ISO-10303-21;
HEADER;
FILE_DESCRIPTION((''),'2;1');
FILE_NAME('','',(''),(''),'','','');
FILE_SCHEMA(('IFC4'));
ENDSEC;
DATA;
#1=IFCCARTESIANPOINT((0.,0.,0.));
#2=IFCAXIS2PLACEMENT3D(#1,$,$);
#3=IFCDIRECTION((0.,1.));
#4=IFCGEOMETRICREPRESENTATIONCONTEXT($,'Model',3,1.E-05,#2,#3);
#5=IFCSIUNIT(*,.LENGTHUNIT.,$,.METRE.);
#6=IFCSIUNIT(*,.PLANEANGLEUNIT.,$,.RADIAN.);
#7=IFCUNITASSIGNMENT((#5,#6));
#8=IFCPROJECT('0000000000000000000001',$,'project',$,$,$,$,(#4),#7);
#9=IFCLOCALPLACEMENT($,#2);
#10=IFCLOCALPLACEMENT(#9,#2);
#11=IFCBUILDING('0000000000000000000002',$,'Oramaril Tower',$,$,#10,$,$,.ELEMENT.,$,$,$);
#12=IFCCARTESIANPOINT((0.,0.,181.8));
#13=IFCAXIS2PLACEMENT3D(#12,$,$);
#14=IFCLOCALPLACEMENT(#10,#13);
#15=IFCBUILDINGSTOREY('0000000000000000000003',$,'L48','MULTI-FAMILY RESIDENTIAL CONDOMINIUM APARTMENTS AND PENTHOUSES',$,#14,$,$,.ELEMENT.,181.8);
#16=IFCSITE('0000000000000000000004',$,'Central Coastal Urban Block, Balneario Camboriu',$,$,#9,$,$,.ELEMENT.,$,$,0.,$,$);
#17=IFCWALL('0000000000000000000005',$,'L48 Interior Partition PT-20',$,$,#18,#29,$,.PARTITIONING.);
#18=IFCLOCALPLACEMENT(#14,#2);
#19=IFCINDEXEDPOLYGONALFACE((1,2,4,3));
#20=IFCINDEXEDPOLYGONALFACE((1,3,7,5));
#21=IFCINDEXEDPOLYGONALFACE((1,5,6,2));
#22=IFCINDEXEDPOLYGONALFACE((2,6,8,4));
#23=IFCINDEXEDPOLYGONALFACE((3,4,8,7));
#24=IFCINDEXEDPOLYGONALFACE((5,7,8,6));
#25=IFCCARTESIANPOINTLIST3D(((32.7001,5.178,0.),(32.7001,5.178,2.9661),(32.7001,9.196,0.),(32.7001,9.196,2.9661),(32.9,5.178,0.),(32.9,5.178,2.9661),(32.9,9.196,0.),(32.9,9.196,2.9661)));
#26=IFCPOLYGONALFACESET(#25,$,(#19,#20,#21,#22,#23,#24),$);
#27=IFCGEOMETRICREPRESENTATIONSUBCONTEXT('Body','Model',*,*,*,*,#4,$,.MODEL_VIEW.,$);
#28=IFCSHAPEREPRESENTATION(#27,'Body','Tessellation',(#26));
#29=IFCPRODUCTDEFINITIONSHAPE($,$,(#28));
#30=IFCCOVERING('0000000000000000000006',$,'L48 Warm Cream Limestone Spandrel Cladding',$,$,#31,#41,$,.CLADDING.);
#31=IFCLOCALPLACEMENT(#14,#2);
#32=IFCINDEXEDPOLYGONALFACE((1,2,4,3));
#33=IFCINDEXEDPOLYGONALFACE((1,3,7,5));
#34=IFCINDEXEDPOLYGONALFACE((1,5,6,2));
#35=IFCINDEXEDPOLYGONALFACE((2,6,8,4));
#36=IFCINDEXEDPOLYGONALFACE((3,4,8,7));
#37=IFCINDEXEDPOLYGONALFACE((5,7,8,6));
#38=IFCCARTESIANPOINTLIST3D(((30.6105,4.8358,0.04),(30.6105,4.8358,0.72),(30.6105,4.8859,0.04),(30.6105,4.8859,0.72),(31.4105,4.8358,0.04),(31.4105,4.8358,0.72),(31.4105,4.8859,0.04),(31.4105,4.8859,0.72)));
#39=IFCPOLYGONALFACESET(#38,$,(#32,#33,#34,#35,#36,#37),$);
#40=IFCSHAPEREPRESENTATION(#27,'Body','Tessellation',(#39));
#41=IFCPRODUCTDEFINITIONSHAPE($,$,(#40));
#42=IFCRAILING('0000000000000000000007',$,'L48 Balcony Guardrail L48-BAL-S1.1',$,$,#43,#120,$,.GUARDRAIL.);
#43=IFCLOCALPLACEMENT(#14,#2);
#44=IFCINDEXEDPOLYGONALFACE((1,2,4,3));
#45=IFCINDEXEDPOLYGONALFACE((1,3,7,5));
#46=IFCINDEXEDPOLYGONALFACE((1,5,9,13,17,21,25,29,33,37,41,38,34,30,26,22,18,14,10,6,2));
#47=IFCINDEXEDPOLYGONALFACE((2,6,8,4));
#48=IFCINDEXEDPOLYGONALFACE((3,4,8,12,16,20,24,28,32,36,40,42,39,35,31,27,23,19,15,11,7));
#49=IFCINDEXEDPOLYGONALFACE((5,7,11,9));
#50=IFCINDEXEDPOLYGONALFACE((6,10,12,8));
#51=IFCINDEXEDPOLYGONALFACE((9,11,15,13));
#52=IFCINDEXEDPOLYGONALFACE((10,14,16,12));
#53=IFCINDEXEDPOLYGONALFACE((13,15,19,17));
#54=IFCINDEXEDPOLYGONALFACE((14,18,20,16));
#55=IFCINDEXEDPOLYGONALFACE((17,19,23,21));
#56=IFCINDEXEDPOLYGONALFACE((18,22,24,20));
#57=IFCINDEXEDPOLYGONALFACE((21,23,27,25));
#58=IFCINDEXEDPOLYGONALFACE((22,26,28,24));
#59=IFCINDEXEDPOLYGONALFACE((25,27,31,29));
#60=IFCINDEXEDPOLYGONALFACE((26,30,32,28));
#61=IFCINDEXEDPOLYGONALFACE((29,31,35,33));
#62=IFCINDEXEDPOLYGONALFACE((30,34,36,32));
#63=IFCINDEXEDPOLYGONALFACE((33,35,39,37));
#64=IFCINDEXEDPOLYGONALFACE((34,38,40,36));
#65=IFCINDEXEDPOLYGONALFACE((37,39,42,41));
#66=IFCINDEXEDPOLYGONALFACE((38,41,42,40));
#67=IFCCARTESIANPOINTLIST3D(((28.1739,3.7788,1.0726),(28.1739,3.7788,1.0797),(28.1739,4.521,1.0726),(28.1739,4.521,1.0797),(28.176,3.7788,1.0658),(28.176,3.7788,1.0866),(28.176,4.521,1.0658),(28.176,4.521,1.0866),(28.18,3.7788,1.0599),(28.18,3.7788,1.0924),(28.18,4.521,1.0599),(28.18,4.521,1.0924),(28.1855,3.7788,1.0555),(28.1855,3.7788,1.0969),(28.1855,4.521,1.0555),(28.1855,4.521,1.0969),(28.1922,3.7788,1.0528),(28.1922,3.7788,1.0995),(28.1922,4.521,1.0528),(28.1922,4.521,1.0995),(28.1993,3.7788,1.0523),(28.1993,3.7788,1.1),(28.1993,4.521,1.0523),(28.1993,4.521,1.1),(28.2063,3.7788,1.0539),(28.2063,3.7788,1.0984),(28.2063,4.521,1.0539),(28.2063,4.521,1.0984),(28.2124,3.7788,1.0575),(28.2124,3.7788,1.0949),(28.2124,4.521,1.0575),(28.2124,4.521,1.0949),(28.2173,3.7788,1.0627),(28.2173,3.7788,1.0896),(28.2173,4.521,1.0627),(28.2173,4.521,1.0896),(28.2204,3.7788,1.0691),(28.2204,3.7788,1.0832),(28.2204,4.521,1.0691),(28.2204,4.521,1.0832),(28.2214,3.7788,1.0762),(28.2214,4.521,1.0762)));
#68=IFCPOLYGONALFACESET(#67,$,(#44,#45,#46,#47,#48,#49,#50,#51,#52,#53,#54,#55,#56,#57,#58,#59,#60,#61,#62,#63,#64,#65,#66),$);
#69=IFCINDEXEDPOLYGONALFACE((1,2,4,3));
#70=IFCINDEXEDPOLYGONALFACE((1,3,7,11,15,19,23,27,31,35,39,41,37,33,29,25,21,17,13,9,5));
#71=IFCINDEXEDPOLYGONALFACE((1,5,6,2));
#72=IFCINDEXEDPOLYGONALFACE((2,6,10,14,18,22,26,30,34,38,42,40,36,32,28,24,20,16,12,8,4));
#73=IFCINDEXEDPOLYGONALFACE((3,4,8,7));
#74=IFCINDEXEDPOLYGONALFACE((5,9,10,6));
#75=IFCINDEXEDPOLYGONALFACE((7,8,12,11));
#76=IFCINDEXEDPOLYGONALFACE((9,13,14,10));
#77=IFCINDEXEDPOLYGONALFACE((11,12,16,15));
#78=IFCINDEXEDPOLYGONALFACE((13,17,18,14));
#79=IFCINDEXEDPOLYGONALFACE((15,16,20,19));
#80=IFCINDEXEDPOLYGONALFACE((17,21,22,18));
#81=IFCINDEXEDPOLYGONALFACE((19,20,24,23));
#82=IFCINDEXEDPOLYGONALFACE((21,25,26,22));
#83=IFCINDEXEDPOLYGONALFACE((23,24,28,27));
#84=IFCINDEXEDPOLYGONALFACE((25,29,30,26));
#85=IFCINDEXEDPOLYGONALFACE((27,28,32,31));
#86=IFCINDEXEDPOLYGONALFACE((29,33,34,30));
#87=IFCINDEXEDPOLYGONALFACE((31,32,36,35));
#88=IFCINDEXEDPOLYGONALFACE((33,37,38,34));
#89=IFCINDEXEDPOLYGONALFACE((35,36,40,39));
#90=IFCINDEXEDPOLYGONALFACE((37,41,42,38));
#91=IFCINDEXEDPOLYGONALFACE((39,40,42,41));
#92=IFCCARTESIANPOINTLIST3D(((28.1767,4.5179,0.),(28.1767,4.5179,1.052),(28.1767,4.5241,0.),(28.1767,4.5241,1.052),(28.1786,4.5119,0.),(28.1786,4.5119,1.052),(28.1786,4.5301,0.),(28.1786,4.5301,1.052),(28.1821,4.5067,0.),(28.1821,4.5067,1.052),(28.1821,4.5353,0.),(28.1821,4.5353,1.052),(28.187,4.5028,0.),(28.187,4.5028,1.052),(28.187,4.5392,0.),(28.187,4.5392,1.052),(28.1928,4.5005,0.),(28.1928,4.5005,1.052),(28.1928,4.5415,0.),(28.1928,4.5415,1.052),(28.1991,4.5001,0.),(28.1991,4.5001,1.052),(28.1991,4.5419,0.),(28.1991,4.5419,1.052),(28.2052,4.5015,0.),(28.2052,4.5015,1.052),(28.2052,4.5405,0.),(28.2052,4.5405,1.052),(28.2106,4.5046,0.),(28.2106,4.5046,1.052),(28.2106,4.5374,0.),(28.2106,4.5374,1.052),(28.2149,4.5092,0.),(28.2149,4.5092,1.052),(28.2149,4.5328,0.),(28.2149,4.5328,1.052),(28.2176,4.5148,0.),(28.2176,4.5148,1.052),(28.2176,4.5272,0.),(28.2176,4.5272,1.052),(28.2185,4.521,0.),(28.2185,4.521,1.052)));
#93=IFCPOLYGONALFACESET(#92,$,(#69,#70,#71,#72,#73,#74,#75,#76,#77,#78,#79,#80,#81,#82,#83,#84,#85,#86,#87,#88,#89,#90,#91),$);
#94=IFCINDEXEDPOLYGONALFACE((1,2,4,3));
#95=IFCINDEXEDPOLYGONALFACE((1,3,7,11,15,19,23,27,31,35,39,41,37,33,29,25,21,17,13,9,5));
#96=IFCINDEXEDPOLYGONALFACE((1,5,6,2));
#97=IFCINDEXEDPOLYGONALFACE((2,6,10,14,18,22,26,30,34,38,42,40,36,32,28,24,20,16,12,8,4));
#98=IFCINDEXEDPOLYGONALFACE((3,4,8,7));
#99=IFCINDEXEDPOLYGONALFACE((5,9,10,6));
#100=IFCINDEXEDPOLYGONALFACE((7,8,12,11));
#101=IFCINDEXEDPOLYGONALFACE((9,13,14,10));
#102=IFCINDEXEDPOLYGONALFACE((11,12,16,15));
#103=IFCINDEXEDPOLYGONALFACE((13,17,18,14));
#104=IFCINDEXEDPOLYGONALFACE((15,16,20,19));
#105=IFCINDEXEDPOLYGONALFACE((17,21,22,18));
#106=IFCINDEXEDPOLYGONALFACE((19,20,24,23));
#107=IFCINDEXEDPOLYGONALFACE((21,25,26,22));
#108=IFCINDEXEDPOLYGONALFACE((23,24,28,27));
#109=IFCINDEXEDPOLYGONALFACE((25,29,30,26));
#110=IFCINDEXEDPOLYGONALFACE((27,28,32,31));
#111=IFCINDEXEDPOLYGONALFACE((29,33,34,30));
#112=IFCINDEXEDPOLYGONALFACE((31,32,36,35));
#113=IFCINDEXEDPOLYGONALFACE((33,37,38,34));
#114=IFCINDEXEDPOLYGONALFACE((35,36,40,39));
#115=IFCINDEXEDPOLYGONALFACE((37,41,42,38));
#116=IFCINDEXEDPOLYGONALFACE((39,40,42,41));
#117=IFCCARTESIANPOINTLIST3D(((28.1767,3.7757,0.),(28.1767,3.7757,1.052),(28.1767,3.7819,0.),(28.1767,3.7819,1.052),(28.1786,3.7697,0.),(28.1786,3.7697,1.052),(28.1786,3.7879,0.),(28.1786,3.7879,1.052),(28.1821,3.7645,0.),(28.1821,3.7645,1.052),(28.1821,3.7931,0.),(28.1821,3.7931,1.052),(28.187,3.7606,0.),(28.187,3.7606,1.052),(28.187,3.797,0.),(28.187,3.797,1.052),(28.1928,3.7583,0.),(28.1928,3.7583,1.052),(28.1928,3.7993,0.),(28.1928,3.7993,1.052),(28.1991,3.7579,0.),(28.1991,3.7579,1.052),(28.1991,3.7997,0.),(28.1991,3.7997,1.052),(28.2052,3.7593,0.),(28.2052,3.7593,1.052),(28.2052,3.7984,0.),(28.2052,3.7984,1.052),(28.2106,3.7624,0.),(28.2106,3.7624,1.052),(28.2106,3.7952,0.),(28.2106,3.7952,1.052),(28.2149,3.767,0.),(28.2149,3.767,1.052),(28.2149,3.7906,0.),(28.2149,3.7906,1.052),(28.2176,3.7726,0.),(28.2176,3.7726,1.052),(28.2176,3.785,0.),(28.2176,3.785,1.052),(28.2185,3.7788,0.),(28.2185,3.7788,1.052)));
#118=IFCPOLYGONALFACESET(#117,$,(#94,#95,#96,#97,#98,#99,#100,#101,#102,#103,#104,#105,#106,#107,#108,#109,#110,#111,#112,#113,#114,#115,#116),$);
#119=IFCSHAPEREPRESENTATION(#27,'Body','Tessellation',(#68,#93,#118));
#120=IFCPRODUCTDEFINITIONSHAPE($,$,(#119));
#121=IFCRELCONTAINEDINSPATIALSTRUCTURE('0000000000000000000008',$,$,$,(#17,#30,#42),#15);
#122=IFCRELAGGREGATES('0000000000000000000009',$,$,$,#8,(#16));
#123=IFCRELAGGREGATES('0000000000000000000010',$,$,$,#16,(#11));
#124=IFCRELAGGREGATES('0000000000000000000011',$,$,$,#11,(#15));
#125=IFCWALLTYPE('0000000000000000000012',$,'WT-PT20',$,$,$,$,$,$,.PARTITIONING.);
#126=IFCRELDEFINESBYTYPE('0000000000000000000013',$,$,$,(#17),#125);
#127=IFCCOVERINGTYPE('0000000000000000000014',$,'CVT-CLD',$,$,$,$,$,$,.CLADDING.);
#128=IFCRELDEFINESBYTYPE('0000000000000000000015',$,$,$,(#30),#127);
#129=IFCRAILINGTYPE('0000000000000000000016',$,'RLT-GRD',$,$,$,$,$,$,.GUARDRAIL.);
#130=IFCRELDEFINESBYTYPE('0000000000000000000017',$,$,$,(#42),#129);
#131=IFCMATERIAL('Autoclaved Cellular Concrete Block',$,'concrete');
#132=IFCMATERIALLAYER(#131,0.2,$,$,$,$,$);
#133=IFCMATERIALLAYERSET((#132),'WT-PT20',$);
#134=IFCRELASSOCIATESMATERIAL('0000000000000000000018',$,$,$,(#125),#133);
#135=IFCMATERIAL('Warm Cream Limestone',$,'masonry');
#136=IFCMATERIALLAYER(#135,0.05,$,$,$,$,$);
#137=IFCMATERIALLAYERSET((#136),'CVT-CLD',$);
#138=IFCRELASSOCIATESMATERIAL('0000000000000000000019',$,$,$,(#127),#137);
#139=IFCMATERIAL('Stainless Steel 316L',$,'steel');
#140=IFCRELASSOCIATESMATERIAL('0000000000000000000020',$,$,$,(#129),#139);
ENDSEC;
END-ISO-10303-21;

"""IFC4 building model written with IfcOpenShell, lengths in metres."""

from ifc_helpers import new_model, si_unit, direction, frame, frame_2d, origin, origin_2d, place, context, subcontext, project, spatial, rectangle, circle, extrude, material, layer, layer_set, type_object, element, save


model = new_model("IFC4")

# Units and contexts
model_context = context("Model", 3, precision=1e-05, world=origin(), true_north=direction((0.0, 1.0)))
body_context = subcontext(model_context, "Body", "Model", "MODEL_VIEW")
ifc_project = project(units=[si_unit("LENGTHUNIT", "METRE"), si_unit("PLANEANGLEUNIT", "RADIAN")], contexts=[model_context])

# Site, building, storey
site_placement = place(None, origin())
site = spatial("IfcSite", under=ifc_project, at=site_placement, Name="Central Coastal Urban Block, Balneario Camboriu", CompositionType="ELEMENT", RefElevation=0.0)
building_placement = place(site_placement, origin())
building = spatial("IfcBuilding", under=site, at=building_placement, Name="Oramaril Tower", CompositionType="ELEMENT")
storey_placement = place(building_placement, frame((0.0, 0.0, 181.8)))
storey = spatial("IfcBuildingStorey", under=building, at=storey_placement, Name="L48", Description="MULTI-FAMILY RESIDENTIAL CONDOMINIUM APARTMENTS AND PENTHOUSES", CompositionType="ELEMENT", Elevation=181.8)

# Shared definitions
ifc_material_1 = material(Name="Autoclaved Cellular Concrete Block", Category="concrete")
ifc_layer_1 = layer(ifc_material_1, 0.2)
ifc_layer_set_1 = layer_set([ifc_layer_1], Name="WT-PT20")
wall_type_1 = type_object("IfcWallType", Name="WT-PT20", PredefinedType="PARTITIONING", material=ifc_layer_set_1)

# Wall
wall_1_placement = place(storey_placement, frame((32.8, 5.178, 0.0), z_axis=(0.0, 0.0, 1.0), x_axis=(0.0, 1.0, 0.0)))
element("IfcWall", 1, at=wall_1_placement, inside=storey, type_object=wall_type_1, Name="L48 Interior Partition PT-20", PredefinedType="PARTITIONING", context=body_context, shape_type="SweptSolid", body=[
    extrude(rectangle(XDim=4.0181, YDim=0.2, at=frame_2d((2.009, 0.0))), origin(), (0.0, 0.0, 1.0), 2.9661),
])

# Covering
ifc_material_2 = material(Name="Warm Cream Limestone", Category="masonry")
ifc_layer_2 = layer(ifc_material_2, 0.05)
ifc_layer_set_2 = layer_set([ifc_layer_2], Name="CVT-CLD")
covering_type = type_object("IfcCoveringType", Name="CVT-CLD", PredefinedType="CLADDING", material=ifc_layer_set_2)
covering_placement = place(storey_placement, frame((31.0105, 4.8608, 0.04), z_axis=(0.0, 0.0, 1.0), x_axis=(1.0, 0.0, 0.0)))
element("IfcCovering", 2, at=covering_placement, inside=storey, type_object=covering_type, Name="L48 Warm Cream Limestone Spandrel Cladding", PredefinedType="CLADDING", context=body_context, shape_type="SweptSolid", body=[
    extrude(rectangle(XDim=0.8, YDim=0.05, at=origin_2d()), origin(), (0.0, 0.0, 1.0), 0.6799),
])

# Railing
ifc_material_3 = material(Name="Stainless Steel 316L", Category="steel")
railing_type = type_object("IfcRailingType", Name="RLT-GRD", PredefinedType="GUARDRAIL", material=ifc_material_3)
railing_1_placement = place(storey_placement, frame((28.1975, 4.521, 0.0)))
element("IfcRailing", 3, at=railing_1_placement, inside=storey, type_object=railing_type, Name="L48 Balcony Guardrail L48-BAL-S1.1", PredefinedType="GUARDRAIL", context=body_context, shape_type="SweptSolid", body=[
    extrude(circle(Radius=0.0239, at=origin_2d()), frame((0.0, 0.0, 1.0762), z_axis=(0.0, -1.0, 0.0), x_axis=(1.0, 0.0, 0.0)), (0.0, 0.0, 1.0), 0.7422),
    extrude(circle(Radius=0.021, at=origin_2d()), origin(), (0.0, 0.0, 1.0), 1.052),
    extrude(circle(Radius=0.021, at=origin_2d()), frame((0.0, -0.7422, 0.0)), (0.0, 0.0, 1.0), 1.052),
])

save(model, "model.ifc")
